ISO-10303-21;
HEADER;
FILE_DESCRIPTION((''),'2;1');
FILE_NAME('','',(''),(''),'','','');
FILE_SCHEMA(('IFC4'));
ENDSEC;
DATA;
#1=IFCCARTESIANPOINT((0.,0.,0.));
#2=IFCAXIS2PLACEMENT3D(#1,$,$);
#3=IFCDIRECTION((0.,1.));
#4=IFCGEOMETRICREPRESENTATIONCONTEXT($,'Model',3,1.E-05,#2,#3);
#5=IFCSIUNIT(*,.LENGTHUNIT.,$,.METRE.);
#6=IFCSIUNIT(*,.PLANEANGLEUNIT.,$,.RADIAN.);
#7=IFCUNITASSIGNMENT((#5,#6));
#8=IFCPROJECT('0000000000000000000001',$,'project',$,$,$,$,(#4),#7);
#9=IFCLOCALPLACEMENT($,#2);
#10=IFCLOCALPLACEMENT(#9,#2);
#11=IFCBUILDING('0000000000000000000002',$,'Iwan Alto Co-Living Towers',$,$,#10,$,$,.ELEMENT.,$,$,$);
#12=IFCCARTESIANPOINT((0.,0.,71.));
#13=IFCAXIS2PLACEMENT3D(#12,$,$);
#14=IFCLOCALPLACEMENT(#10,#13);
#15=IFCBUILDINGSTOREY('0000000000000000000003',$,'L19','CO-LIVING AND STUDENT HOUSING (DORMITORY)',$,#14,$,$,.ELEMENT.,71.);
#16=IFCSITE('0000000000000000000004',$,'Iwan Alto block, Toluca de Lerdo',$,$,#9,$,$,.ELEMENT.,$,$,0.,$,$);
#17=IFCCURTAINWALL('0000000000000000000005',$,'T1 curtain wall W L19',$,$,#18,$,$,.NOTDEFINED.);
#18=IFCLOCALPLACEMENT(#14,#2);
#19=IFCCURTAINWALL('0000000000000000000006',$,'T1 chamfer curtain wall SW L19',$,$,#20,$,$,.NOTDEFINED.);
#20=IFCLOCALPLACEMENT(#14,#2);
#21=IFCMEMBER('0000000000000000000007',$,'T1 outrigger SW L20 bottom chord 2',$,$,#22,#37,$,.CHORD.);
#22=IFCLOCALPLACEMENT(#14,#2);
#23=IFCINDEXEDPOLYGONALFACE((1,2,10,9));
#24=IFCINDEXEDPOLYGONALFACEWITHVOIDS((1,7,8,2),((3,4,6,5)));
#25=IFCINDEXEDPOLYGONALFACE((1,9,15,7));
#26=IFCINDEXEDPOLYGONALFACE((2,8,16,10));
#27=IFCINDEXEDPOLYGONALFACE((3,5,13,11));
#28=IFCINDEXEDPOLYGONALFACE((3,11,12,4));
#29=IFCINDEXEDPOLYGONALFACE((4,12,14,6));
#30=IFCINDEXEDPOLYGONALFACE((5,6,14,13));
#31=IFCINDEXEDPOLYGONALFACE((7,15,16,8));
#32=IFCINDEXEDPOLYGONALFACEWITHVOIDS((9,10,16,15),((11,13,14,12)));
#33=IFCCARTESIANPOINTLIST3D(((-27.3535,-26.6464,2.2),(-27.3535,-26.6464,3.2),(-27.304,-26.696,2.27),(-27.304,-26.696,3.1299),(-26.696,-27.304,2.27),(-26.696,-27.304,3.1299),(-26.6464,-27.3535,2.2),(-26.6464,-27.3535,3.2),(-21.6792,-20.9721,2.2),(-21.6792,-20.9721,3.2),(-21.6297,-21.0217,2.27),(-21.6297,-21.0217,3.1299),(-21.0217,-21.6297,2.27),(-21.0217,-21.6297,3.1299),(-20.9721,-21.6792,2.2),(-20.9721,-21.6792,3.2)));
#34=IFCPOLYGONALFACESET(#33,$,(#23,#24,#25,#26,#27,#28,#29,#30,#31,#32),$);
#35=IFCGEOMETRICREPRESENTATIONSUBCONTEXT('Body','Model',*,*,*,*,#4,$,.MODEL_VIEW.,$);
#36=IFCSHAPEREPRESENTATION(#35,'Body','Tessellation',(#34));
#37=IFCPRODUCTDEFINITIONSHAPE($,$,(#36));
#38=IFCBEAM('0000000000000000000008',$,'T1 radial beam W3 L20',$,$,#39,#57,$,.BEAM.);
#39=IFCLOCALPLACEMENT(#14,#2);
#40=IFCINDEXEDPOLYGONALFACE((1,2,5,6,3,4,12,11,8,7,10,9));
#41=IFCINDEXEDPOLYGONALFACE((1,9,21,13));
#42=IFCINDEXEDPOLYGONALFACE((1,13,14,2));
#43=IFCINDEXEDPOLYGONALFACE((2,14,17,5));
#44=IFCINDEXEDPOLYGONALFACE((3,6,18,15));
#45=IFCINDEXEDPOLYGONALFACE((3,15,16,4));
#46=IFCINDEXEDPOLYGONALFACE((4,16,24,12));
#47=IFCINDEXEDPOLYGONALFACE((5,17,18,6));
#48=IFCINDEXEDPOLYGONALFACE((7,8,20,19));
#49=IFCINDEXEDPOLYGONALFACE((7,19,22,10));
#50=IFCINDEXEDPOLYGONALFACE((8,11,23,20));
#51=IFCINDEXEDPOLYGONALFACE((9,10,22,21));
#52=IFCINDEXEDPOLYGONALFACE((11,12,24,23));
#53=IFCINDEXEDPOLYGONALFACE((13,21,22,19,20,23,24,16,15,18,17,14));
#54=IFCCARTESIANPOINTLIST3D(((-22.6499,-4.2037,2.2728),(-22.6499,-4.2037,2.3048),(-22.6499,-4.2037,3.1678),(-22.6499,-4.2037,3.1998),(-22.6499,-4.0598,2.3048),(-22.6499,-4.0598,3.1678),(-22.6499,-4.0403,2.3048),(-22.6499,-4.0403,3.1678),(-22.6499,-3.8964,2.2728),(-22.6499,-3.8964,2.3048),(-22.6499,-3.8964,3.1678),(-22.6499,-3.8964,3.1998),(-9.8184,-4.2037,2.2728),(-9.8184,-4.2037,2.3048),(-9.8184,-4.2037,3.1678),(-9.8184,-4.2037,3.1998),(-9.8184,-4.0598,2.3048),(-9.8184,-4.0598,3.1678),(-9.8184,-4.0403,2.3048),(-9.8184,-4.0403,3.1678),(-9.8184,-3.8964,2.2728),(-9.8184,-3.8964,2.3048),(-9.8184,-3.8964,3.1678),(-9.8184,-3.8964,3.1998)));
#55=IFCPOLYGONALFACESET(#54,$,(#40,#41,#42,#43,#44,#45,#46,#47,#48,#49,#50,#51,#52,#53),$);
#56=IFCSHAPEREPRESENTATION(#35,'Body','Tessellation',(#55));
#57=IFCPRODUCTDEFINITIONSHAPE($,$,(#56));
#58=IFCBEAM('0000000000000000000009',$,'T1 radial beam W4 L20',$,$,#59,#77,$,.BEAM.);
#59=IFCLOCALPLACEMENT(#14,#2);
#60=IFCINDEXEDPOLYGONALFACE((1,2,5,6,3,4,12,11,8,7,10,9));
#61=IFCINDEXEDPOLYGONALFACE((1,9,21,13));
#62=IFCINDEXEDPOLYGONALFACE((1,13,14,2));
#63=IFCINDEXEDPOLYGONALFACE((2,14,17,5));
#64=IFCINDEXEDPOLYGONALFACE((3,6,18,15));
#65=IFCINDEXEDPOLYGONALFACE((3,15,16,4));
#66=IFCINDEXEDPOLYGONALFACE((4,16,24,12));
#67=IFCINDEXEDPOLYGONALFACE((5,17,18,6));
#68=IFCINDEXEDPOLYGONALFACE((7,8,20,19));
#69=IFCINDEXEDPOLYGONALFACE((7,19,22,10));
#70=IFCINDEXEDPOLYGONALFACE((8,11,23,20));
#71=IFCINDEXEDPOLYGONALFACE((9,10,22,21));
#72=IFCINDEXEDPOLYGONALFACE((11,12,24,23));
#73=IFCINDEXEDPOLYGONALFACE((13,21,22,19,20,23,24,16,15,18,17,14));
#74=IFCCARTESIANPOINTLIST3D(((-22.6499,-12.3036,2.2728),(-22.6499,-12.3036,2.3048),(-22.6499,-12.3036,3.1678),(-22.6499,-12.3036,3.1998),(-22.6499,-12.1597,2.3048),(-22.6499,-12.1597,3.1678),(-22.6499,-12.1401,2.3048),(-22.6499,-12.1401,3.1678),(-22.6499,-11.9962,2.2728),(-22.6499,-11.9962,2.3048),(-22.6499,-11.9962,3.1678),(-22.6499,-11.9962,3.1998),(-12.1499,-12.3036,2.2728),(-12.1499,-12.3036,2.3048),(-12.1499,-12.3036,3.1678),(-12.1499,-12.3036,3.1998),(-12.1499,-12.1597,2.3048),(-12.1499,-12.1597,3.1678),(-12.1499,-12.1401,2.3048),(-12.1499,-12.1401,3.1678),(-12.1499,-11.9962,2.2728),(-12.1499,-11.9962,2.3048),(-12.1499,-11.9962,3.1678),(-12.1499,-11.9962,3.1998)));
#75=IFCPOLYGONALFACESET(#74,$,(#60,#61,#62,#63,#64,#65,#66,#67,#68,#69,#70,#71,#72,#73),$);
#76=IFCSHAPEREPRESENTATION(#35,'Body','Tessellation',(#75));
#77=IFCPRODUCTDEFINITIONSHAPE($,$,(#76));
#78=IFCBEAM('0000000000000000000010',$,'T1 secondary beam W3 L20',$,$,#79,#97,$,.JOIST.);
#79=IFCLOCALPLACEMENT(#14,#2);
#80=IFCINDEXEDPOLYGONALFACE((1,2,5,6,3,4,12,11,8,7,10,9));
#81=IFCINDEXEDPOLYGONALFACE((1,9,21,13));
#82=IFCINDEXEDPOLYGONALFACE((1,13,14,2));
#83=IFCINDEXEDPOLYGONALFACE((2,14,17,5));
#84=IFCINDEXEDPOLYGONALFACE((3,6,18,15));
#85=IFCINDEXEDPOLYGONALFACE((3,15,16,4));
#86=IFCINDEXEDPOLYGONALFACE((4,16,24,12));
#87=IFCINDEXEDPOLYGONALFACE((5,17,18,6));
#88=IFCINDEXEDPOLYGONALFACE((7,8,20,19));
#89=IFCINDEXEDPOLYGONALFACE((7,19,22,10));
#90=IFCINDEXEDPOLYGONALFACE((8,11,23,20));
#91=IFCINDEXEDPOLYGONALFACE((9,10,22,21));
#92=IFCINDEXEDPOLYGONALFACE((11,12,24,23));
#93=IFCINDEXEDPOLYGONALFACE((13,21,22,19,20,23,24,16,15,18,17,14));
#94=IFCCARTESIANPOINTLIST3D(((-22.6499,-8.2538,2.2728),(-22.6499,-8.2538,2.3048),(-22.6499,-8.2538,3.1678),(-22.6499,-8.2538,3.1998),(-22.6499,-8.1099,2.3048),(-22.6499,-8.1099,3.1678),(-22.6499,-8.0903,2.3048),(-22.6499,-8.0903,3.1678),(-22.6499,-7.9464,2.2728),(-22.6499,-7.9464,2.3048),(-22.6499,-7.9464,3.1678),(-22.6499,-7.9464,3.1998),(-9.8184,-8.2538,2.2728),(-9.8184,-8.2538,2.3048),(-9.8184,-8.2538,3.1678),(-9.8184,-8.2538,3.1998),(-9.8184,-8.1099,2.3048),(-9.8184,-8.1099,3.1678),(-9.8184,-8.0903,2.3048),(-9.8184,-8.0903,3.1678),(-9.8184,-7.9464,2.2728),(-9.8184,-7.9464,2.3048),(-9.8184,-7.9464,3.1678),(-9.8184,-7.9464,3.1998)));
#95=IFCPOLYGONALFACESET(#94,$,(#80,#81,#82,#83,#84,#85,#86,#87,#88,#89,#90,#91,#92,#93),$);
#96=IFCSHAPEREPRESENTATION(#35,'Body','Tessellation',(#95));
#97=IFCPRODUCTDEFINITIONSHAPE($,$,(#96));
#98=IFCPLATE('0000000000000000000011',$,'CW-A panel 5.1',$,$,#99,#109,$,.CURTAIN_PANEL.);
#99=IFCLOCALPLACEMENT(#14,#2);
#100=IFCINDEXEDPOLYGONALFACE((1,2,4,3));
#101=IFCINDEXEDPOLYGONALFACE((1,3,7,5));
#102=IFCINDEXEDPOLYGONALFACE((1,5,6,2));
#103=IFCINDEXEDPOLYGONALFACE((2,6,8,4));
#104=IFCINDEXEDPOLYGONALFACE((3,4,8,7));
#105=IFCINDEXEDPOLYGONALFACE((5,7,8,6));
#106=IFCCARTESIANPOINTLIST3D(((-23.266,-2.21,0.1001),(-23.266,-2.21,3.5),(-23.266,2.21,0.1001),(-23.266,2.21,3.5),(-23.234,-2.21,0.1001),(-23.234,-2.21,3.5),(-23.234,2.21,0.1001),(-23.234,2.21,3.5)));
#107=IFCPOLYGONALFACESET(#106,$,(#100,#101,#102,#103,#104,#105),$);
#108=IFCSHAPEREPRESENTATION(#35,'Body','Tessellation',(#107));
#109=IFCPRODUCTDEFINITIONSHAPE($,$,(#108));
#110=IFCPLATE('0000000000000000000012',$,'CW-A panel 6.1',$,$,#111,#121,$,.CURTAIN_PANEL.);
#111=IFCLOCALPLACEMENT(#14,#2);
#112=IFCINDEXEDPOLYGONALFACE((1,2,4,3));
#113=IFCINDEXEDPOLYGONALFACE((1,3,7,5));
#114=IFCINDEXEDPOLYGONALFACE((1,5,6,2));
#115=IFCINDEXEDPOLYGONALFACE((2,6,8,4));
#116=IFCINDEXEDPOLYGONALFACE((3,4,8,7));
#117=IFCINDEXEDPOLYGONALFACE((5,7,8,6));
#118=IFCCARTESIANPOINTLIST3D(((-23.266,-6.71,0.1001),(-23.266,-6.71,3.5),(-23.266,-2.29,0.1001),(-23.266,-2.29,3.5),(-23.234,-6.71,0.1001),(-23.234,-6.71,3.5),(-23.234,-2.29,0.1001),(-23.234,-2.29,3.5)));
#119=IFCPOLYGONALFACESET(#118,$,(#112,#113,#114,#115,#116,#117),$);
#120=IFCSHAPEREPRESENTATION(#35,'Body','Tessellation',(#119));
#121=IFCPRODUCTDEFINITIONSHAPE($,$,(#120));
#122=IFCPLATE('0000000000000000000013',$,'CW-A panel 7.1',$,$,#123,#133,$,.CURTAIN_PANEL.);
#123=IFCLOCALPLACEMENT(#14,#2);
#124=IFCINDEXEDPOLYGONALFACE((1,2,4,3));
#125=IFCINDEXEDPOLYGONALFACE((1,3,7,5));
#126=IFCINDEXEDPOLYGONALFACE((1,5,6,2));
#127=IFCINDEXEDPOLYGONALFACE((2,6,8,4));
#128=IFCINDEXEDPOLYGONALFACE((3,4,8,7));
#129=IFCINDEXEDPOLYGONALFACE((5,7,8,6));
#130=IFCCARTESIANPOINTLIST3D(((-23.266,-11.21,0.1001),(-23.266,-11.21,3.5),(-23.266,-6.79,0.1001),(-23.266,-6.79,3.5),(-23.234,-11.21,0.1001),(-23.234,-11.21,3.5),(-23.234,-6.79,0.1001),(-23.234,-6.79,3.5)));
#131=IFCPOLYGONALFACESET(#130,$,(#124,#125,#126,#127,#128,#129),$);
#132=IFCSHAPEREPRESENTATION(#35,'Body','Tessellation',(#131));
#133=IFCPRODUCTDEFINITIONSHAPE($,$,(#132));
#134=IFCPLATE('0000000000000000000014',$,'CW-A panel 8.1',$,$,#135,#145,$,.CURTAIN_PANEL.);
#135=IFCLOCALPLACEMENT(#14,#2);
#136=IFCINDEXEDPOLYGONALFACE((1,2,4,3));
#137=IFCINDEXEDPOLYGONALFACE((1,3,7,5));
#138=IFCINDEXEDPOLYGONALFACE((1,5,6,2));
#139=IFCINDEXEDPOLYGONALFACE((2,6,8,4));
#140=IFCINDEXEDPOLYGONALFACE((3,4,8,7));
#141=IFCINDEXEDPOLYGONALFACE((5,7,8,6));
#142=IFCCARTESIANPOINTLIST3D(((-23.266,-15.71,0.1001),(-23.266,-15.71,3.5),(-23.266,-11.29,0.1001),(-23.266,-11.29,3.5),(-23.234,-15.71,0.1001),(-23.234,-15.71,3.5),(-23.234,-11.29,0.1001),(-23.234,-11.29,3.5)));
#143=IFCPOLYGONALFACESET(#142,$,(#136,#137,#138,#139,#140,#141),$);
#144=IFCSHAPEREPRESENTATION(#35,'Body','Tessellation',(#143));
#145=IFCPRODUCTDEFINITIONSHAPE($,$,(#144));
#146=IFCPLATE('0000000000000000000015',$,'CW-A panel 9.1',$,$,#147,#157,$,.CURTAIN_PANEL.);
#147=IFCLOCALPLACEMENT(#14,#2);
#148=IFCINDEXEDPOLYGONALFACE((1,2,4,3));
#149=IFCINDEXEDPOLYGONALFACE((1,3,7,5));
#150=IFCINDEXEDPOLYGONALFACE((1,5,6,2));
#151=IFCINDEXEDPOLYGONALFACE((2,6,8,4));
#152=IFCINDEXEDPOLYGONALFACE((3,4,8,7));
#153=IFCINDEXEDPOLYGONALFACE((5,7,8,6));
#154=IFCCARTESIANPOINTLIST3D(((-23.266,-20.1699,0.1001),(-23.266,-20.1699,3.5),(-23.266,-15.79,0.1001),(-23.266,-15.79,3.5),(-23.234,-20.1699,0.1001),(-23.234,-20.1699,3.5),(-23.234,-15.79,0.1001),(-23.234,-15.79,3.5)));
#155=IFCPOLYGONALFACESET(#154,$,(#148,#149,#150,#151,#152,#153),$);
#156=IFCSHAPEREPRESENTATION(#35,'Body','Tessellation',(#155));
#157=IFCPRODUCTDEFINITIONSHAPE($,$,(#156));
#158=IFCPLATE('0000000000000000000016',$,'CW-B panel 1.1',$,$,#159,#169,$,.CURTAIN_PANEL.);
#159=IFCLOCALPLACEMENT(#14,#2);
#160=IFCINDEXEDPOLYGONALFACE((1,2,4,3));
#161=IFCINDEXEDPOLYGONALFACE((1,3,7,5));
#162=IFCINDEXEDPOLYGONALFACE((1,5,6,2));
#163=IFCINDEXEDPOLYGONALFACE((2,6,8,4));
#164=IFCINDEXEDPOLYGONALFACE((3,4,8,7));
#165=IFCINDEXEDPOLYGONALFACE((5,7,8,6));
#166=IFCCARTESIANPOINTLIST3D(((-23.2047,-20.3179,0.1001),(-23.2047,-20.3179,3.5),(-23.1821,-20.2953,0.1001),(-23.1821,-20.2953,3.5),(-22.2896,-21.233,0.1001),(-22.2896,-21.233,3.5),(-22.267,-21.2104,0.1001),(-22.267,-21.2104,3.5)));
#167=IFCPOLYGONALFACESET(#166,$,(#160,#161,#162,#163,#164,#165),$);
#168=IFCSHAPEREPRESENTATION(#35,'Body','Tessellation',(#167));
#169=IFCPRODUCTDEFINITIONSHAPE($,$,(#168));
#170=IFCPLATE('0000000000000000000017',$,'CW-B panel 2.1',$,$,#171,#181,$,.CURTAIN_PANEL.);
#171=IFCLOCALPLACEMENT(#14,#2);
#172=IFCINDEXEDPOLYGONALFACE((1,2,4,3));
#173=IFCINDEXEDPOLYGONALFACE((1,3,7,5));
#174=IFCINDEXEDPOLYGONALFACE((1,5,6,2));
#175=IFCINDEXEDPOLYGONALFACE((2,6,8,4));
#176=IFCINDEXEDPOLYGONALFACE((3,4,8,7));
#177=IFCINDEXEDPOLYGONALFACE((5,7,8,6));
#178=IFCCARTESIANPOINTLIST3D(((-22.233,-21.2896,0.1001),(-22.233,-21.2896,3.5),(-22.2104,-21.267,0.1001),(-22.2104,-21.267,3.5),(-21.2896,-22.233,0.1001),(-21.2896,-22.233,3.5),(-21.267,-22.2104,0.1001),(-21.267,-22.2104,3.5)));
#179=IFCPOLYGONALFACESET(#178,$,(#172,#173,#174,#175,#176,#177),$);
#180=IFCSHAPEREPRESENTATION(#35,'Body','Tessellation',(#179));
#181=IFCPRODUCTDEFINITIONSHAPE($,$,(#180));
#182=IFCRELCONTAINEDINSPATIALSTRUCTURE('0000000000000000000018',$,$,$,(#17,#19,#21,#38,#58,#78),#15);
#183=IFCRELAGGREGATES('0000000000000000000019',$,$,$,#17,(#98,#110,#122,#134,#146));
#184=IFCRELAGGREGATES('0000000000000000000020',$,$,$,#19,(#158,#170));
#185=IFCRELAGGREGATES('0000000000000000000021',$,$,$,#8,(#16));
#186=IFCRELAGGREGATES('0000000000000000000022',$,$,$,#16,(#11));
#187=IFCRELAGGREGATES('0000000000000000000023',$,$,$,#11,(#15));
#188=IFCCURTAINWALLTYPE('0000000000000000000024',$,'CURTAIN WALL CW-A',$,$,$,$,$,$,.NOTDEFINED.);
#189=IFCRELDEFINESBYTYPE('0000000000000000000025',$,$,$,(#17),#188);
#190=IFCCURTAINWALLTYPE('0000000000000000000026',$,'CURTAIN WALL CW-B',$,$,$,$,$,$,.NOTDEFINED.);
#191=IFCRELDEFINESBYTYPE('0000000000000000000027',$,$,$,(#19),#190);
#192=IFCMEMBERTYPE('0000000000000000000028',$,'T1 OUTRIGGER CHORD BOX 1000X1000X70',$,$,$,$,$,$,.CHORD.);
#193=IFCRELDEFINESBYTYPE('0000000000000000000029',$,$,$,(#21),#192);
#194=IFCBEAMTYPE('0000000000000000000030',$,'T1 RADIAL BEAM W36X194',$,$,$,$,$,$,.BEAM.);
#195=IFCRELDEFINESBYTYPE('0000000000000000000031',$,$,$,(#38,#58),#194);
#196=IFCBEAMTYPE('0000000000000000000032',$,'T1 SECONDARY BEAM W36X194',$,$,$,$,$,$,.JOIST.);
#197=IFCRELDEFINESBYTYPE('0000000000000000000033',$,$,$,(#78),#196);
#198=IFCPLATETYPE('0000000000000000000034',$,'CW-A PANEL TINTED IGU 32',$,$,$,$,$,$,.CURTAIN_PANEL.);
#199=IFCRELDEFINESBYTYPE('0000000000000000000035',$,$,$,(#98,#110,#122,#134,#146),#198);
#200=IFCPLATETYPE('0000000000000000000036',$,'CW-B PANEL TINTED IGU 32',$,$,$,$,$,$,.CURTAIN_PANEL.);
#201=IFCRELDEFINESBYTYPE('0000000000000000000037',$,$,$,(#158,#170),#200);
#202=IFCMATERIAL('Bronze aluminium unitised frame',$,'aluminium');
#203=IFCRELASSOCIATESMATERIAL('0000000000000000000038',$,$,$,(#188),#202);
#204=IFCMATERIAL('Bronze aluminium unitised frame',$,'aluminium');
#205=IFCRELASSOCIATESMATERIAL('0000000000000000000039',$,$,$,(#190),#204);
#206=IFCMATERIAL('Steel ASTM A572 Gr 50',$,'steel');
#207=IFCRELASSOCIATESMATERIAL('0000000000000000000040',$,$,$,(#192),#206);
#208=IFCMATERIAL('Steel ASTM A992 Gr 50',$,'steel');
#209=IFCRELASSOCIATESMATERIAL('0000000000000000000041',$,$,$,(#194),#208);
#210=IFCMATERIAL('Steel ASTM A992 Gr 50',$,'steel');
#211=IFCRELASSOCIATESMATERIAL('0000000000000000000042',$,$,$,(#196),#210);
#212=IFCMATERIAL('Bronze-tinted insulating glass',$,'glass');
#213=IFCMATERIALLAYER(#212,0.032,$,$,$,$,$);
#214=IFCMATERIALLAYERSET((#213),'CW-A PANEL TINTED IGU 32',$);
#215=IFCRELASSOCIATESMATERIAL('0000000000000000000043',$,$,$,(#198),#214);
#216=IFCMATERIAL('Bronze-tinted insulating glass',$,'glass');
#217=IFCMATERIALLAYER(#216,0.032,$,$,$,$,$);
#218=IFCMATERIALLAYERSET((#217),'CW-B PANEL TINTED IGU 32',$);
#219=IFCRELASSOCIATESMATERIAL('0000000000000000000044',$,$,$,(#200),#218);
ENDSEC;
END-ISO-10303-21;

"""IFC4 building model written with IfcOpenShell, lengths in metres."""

from ifc_helpers import new_model, si_unit, direction, frame, origin, origin_2d, place, context, subcontext, project, spatial, rectangle, hollow_rectangle, i_section, extrude, material, layer, layer_set, material_profile, profile_set, type_object, element, aggregate, save


model = new_model("IFC4")

# Units and contexts
model_context = context("Model", 3, precision=1e-05, world=origin(), true_north=direction((0.0, 1.0)))
body_context = subcontext(model_context, "Body", "Model", "MODEL_VIEW")
ifc_project = project(units=[si_unit("LENGTHUNIT", "METRE"), si_unit("PLANEANGLEUNIT", "RADIAN")], contexts=[model_context])

# Site, building, storey
site_placement = place(None, origin())
site = spatial("IfcSite", under=ifc_project, at=site_placement, Name="Iwan Alto block, Toluca de Lerdo", CompositionType="ELEMENT", RefElevation=0.0)
building_placement = place(site_placement, origin())
building = spatial("IfcBuilding", under=site, at=building_placement, Name="Iwan Alto Co-Living Towers", CompositionType="ELEMENT")
storey_placement = place(building_placement, frame((0.0, 0.0, 71.0)))
storey = spatial("IfcBuildingStorey", under=building, at=storey_placement, Name="L19", Description="CO-LIVING AND STUDENT HOUSING (DORMITORY)", CompositionType="ELEMENT", Elevation=71.0)

# Curtain walls
ifc_material_1 = material(Name="Bronze aluminium unitised frame", Category="aluminium")
curtain_wall_type_1 = type_object("IfcCurtainWallType", Name="CURTAIN WALL CW-A", PredefinedType="NOTDEFINED", material=ifc_material_1)
curtain_wall_1_placement = place(storey_placement, origin())
curtain_wall_1 = element("IfcCurtainWall", 1, at=curtain_wall_1_placement, inside=storey, type_object=curtain_wall_type_1, Name="T1 curtain wall W L19", PredefinedType="NOTDEFINED")
ifc_material_2 = material(Name="Bronze aluminium unitised frame", Category="aluminium")
curtain_wall_type_2 = type_object("IfcCurtainWallType", Name="CURTAIN WALL CW-B", PredefinedType="NOTDEFINED", material=ifc_material_2)
curtain_wall_2_placement = place(storey_placement, origin())
curtain_wall_2 = element("IfcCurtainWall", 2, at=curtain_wall_2_placement, inside=storey, type_object=curtain_wall_type_2, Name="T1 chamfer curtain wall SW L19", PredefinedType="NOTDEFINED")

# Member
ifc_material_3 = material(Name="Steel ASTM A572 Gr 50", Category="steel")
ifc_material_profile_1 = material_profile(ifc_material_3, hollow_rectangle(XDim=1.0, YDim=1.0, WallThickness=0.0701, at=origin_2d()), Name="BOX 1000X1000X70")
ifc_profile_set_1 = profile_set([ifc_material_profile_1], Name="Steel ASTM A572 Gr 50")
member_type_1 = type_object("IfcMemberType", Name="T1 OUTRIGGER CHORD BOX 1000X1000X70", PredefinedType="CHORD", material=ifc_profile_set_1)
member_1_placement = place(storey_placement, frame((-21.3257, -21.3257, 2.7), z_axis=(-0.707107, -0.707107, 0.0), x_axis=(0.707107, -0.707107, 0.0)))
element("IfcMember", 3, at=member_1_placement, inside=storey, type_object=member_type_1, Name="T1 outrigger SW L20 bottom chord 2", PredefinedType="CHORD", context=body_context, shape_type="SweptSolid", body=[
    extrude(hollow_rectangle(XDim=1.0, YDim=1.0, WallThickness=0.0701, at=origin_2d()), origin(), (0.0, 0.0, 1.0), 8.0247),
])

# Beams
ifc_material_4 = material(Name="Steel ASTM A992 Gr 50", Category="steel")
ifc_material_profile_2 = material_profile(ifc_material_4, i_section(OverallWidth=0.3074, OverallDepth=0.927, WebThickness=0.0195, FlangeThickness=0.032, at=origin_2d()), Name="W36X194")
ifc_profile_set_2 = profile_set([ifc_material_profile_2], Name="Steel ASTM A992 Gr 50")
beam_type_1 = type_object("IfcBeamType", Name="T1 RADIAL BEAM W36X194", PredefinedType="BEAM", material=ifc_profile_set_2)
beam_1_placement = place(storey_placement, frame((-22.6499, -4.05, 2.7363), z_axis=(1.0, 0.0, 0.0), x_axis=(0.0, 1.0, 0.0)))
element("IfcBeam", 4, at=beam_1_placement, inside=storey, type_object=beam_type_1, Name="T1 radial beam W3 L20", PredefinedType="BEAM", context=body_context, shape_type="SweptSolid", body=[
    extrude(i_section(OverallWidth=0.3074, OverallDepth=0.927, WebThickness=0.0195, FlangeThickness=0.032, at=origin_2d()), origin(), (0.0, 0.0, 1.0), 12.8315),
])
beam_2_placement = place(storey_placement, frame((-22.6499, -12.1499, 2.7363), z_axis=(1.0, 0.0, 0.0), x_axis=(0.0, 1.0, 0.0)))
element("IfcBeam", 5, at=beam_2_placement, inside=storey, type_object=beam_type_1, Name="T1 radial beam W4 L20", PredefinedType="BEAM", context=body_context, shape_type="SweptSolid", body=[
    extrude(i_section(OverallWidth=0.3074, OverallDepth=0.927, WebThickness=0.0195, FlangeThickness=0.032, at=origin_2d()), origin(), (0.0, 0.0, 1.0), 10.5),
])
ifc_material_5 = material(Name="Steel ASTM A992 Gr 50", Category="steel")
ifc_material_profile_3 = material_profile(ifc_material_5, i_section(OverallWidth=0.3074, OverallDepth=0.927, WebThickness=0.0195, FlangeThickness=0.032, at=origin_2d()), Name="W36X194")
ifc_profile_set_3 = profile_set([ifc_material_profile_3], Name="Steel ASTM A992 Gr 50")
beam_type_2 = type_object("IfcBeamType", Name="T1 SECONDARY BEAM W36X194", PredefinedType="JOIST", material=ifc_profile_set_3)
beam_3_placement = place(storey_placement, frame((-22.6499, -8.1001, 2.7363), z_axis=(1.0, 0.0, 0.0), x_axis=(0.0, 1.0, 0.0)))
element("IfcBeam", 6, at=beam_3_placement, inside=storey, type_object=beam_type_2, Name="T1 secondary beam W3 L20", PredefinedType="JOIST", context=body_context, shape_type="SweptSolid", body=[
    extrude(i_section(OverallWidth=0.3074, OverallDepth=0.927, WebThickness=0.0195, FlangeThickness=0.032, at=origin_2d()), origin(), (0.0, 0.0, 1.0), 12.8315),
])

# Plates
ifc_material_6 = material(Name="Bronze-tinted insulating glass", Category="glass")
ifc_layer_1 = layer(ifc_material_6, 0.032)
ifc_layer_set_1 = layer_set([ifc_layer_1], Name="CW-A PANEL TINTED IGU 32")
plate_type_1 = type_object("IfcPlateType", Name="CW-A PANEL TINTED IGU 32", PredefinedType="CURTAIN_PANEL", material=ifc_layer_set_1)
plate_1_placement = place(storey_placement, frame((-23.25, 0.0, 0.1001), z_axis=(0.0, 0.0, 1.0), x_axis=(0.0, -1.0, 0.0)))
plate_1 = element("IfcPlate", 7, at=plate_1_placement, type_object=plate_type_1, Name="CW-A panel 5.1", PredefinedType="CURTAIN_PANEL", context=body_context, shape_type="SweptSolid", body=[
    extrude(rectangle(XDim=4.4199, YDim=0.032, at=origin_2d()), origin(), (0.0, 0.0, 1.0), 3.3999),
])
plate_2_placement = place(storey_placement, frame((-23.25, -4.5, 0.1001), z_axis=(0.0, 0.0, 1.0), x_axis=(0.0, -1.0, 0.0)))
plate_2 = element("IfcPlate", 8, at=plate_2_placement, type_object=plate_type_1, Name="CW-A panel 6.1", PredefinedType="CURTAIN_PANEL", context=body_context, shape_type="SweptSolid", body=[
    extrude(rectangle(XDim=4.4199, YDim=0.032, at=origin_2d()), origin(), (0.0, 0.0, 1.0), 3.3999),
])
plate_3_placement = place(storey_placement, frame((-23.25, -9.0, 0.1001), z_axis=(0.0, 0.0, 1.0), x_axis=(0.0, -1.0, 0.0)))
plate_3 = element("IfcPlate", 9, at=plate_3_placement, type_object=plate_type_1, Name="CW-A panel 7.1", PredefinedType="CURTAIN_PANEL", context=body_context, shape_type="SweptSolid", body=[
    extrude(rectangle(XDim=4.4199, YDim=0.032, at=origin_2d()), origin(), (0.0, 0.0, 1.0), 3.3999),
])
plate_4_placement = place(storey_placement, frame((-23.25, -13.5, 0.1001), z_axis=(0.0, 0.0, 1.0), x_axis=(0.0, -1.0, 0.0)))
plate_4 = element("IfcPlate", 10, at=plate_4_placement, type_object=plate_type_1, Name="CW-A panel 8.1", PredefinedType="CURTAIN_PANEL", context=body_context, shape_type="SweptSolid", body=[
    extrude(rectangle(XDim=4.4199, YDim=0.032, at=origin_2d()), origin(), (0.0, 0.0, 1.0), 3.3999),
])
plate_5_placement = place(storey_placement, frame((-23.25, -17.98, 0.1001), z_axis=(0.0, 0.0, 1.0), x_axis=(0.0, -1.0, 0.0)))
plate_5 = element("IfcPlate", 11, at=plate_5_placement, type_object=plate_type_1, Name="CW-A panel 9.1", PredefinedType="CURTAIN_PANEL", context=body_context, shape_type="SweptSolid", body=[
    extrude(rectangle(XDim=4.3799, YDim=0.032, at=origin_2d()), origin(), (0.0, 0.0, 1.0), 3.3999),
])
aggregate(curtain_wall_1, [plate_1, plate_2, plate_3, plate_4, plate_5])
ifc_material_7 = material(Name="Bronze-tinted insulating glass", Category="glass")
ifc_layer_2 = layer(ifc_material_7, 0.032)
ifc_layer_set_2 = layer_set([ifc_layer_2], Name="CW-B PANEL TINTED IGU 32")
plate_type_2 = type_object("IfcPlateType", Name="CW-B PANEL TINTED IGU 32", PredefinedType="CURTAIN_PANEL", material=ifc_layer_set_2)
plate_6_placement = place(storey_placement, frame((-22.7358, -20.7642, 0.1001), z_axis=(0.0, 0.0, 1.0), x_axis=(0.707107, -0.707107, 0.0)))
plate_6 = element("IfcPlate", 12, at=plate_6_placement, type_object=plate_type_2, Name="CW-B panel 1.1", PredefinedType="CURTAIN_PANEL", context=body_context, shape_type="SweptSolid", body=[
    extrude(rectangle(XDim=1.2942, YDim=0.032, at=origin_2d()), origin(), (0.0, 0.0, 1.0), 3.3999),
])
plate_7_placement = place(storey_placement, frame((-21.75, -21.75, 0.1001), z_axis=(0.0, 0.0, 1.0), x_axis=(0.707107, -0.707107, 0.0)))
plate_7 = element("IfcPlate", 13, at=plate_7_placement, type_object=plate_type_2, Name="CW-B panel 2.1", PredefinedType="CURTAIN_PANEL", context=body_context, shape_type="SweptSolid", body=[
    extrude(rectangle(XDim=1.3342, YDim=0.032, at=origin_2d()), origin(), (0.0, 0.0, 1.0), 3.3999),
])
aggregate(curtain_wall_2, [plate_6, plate_7])

save(model, "model.ifc")
